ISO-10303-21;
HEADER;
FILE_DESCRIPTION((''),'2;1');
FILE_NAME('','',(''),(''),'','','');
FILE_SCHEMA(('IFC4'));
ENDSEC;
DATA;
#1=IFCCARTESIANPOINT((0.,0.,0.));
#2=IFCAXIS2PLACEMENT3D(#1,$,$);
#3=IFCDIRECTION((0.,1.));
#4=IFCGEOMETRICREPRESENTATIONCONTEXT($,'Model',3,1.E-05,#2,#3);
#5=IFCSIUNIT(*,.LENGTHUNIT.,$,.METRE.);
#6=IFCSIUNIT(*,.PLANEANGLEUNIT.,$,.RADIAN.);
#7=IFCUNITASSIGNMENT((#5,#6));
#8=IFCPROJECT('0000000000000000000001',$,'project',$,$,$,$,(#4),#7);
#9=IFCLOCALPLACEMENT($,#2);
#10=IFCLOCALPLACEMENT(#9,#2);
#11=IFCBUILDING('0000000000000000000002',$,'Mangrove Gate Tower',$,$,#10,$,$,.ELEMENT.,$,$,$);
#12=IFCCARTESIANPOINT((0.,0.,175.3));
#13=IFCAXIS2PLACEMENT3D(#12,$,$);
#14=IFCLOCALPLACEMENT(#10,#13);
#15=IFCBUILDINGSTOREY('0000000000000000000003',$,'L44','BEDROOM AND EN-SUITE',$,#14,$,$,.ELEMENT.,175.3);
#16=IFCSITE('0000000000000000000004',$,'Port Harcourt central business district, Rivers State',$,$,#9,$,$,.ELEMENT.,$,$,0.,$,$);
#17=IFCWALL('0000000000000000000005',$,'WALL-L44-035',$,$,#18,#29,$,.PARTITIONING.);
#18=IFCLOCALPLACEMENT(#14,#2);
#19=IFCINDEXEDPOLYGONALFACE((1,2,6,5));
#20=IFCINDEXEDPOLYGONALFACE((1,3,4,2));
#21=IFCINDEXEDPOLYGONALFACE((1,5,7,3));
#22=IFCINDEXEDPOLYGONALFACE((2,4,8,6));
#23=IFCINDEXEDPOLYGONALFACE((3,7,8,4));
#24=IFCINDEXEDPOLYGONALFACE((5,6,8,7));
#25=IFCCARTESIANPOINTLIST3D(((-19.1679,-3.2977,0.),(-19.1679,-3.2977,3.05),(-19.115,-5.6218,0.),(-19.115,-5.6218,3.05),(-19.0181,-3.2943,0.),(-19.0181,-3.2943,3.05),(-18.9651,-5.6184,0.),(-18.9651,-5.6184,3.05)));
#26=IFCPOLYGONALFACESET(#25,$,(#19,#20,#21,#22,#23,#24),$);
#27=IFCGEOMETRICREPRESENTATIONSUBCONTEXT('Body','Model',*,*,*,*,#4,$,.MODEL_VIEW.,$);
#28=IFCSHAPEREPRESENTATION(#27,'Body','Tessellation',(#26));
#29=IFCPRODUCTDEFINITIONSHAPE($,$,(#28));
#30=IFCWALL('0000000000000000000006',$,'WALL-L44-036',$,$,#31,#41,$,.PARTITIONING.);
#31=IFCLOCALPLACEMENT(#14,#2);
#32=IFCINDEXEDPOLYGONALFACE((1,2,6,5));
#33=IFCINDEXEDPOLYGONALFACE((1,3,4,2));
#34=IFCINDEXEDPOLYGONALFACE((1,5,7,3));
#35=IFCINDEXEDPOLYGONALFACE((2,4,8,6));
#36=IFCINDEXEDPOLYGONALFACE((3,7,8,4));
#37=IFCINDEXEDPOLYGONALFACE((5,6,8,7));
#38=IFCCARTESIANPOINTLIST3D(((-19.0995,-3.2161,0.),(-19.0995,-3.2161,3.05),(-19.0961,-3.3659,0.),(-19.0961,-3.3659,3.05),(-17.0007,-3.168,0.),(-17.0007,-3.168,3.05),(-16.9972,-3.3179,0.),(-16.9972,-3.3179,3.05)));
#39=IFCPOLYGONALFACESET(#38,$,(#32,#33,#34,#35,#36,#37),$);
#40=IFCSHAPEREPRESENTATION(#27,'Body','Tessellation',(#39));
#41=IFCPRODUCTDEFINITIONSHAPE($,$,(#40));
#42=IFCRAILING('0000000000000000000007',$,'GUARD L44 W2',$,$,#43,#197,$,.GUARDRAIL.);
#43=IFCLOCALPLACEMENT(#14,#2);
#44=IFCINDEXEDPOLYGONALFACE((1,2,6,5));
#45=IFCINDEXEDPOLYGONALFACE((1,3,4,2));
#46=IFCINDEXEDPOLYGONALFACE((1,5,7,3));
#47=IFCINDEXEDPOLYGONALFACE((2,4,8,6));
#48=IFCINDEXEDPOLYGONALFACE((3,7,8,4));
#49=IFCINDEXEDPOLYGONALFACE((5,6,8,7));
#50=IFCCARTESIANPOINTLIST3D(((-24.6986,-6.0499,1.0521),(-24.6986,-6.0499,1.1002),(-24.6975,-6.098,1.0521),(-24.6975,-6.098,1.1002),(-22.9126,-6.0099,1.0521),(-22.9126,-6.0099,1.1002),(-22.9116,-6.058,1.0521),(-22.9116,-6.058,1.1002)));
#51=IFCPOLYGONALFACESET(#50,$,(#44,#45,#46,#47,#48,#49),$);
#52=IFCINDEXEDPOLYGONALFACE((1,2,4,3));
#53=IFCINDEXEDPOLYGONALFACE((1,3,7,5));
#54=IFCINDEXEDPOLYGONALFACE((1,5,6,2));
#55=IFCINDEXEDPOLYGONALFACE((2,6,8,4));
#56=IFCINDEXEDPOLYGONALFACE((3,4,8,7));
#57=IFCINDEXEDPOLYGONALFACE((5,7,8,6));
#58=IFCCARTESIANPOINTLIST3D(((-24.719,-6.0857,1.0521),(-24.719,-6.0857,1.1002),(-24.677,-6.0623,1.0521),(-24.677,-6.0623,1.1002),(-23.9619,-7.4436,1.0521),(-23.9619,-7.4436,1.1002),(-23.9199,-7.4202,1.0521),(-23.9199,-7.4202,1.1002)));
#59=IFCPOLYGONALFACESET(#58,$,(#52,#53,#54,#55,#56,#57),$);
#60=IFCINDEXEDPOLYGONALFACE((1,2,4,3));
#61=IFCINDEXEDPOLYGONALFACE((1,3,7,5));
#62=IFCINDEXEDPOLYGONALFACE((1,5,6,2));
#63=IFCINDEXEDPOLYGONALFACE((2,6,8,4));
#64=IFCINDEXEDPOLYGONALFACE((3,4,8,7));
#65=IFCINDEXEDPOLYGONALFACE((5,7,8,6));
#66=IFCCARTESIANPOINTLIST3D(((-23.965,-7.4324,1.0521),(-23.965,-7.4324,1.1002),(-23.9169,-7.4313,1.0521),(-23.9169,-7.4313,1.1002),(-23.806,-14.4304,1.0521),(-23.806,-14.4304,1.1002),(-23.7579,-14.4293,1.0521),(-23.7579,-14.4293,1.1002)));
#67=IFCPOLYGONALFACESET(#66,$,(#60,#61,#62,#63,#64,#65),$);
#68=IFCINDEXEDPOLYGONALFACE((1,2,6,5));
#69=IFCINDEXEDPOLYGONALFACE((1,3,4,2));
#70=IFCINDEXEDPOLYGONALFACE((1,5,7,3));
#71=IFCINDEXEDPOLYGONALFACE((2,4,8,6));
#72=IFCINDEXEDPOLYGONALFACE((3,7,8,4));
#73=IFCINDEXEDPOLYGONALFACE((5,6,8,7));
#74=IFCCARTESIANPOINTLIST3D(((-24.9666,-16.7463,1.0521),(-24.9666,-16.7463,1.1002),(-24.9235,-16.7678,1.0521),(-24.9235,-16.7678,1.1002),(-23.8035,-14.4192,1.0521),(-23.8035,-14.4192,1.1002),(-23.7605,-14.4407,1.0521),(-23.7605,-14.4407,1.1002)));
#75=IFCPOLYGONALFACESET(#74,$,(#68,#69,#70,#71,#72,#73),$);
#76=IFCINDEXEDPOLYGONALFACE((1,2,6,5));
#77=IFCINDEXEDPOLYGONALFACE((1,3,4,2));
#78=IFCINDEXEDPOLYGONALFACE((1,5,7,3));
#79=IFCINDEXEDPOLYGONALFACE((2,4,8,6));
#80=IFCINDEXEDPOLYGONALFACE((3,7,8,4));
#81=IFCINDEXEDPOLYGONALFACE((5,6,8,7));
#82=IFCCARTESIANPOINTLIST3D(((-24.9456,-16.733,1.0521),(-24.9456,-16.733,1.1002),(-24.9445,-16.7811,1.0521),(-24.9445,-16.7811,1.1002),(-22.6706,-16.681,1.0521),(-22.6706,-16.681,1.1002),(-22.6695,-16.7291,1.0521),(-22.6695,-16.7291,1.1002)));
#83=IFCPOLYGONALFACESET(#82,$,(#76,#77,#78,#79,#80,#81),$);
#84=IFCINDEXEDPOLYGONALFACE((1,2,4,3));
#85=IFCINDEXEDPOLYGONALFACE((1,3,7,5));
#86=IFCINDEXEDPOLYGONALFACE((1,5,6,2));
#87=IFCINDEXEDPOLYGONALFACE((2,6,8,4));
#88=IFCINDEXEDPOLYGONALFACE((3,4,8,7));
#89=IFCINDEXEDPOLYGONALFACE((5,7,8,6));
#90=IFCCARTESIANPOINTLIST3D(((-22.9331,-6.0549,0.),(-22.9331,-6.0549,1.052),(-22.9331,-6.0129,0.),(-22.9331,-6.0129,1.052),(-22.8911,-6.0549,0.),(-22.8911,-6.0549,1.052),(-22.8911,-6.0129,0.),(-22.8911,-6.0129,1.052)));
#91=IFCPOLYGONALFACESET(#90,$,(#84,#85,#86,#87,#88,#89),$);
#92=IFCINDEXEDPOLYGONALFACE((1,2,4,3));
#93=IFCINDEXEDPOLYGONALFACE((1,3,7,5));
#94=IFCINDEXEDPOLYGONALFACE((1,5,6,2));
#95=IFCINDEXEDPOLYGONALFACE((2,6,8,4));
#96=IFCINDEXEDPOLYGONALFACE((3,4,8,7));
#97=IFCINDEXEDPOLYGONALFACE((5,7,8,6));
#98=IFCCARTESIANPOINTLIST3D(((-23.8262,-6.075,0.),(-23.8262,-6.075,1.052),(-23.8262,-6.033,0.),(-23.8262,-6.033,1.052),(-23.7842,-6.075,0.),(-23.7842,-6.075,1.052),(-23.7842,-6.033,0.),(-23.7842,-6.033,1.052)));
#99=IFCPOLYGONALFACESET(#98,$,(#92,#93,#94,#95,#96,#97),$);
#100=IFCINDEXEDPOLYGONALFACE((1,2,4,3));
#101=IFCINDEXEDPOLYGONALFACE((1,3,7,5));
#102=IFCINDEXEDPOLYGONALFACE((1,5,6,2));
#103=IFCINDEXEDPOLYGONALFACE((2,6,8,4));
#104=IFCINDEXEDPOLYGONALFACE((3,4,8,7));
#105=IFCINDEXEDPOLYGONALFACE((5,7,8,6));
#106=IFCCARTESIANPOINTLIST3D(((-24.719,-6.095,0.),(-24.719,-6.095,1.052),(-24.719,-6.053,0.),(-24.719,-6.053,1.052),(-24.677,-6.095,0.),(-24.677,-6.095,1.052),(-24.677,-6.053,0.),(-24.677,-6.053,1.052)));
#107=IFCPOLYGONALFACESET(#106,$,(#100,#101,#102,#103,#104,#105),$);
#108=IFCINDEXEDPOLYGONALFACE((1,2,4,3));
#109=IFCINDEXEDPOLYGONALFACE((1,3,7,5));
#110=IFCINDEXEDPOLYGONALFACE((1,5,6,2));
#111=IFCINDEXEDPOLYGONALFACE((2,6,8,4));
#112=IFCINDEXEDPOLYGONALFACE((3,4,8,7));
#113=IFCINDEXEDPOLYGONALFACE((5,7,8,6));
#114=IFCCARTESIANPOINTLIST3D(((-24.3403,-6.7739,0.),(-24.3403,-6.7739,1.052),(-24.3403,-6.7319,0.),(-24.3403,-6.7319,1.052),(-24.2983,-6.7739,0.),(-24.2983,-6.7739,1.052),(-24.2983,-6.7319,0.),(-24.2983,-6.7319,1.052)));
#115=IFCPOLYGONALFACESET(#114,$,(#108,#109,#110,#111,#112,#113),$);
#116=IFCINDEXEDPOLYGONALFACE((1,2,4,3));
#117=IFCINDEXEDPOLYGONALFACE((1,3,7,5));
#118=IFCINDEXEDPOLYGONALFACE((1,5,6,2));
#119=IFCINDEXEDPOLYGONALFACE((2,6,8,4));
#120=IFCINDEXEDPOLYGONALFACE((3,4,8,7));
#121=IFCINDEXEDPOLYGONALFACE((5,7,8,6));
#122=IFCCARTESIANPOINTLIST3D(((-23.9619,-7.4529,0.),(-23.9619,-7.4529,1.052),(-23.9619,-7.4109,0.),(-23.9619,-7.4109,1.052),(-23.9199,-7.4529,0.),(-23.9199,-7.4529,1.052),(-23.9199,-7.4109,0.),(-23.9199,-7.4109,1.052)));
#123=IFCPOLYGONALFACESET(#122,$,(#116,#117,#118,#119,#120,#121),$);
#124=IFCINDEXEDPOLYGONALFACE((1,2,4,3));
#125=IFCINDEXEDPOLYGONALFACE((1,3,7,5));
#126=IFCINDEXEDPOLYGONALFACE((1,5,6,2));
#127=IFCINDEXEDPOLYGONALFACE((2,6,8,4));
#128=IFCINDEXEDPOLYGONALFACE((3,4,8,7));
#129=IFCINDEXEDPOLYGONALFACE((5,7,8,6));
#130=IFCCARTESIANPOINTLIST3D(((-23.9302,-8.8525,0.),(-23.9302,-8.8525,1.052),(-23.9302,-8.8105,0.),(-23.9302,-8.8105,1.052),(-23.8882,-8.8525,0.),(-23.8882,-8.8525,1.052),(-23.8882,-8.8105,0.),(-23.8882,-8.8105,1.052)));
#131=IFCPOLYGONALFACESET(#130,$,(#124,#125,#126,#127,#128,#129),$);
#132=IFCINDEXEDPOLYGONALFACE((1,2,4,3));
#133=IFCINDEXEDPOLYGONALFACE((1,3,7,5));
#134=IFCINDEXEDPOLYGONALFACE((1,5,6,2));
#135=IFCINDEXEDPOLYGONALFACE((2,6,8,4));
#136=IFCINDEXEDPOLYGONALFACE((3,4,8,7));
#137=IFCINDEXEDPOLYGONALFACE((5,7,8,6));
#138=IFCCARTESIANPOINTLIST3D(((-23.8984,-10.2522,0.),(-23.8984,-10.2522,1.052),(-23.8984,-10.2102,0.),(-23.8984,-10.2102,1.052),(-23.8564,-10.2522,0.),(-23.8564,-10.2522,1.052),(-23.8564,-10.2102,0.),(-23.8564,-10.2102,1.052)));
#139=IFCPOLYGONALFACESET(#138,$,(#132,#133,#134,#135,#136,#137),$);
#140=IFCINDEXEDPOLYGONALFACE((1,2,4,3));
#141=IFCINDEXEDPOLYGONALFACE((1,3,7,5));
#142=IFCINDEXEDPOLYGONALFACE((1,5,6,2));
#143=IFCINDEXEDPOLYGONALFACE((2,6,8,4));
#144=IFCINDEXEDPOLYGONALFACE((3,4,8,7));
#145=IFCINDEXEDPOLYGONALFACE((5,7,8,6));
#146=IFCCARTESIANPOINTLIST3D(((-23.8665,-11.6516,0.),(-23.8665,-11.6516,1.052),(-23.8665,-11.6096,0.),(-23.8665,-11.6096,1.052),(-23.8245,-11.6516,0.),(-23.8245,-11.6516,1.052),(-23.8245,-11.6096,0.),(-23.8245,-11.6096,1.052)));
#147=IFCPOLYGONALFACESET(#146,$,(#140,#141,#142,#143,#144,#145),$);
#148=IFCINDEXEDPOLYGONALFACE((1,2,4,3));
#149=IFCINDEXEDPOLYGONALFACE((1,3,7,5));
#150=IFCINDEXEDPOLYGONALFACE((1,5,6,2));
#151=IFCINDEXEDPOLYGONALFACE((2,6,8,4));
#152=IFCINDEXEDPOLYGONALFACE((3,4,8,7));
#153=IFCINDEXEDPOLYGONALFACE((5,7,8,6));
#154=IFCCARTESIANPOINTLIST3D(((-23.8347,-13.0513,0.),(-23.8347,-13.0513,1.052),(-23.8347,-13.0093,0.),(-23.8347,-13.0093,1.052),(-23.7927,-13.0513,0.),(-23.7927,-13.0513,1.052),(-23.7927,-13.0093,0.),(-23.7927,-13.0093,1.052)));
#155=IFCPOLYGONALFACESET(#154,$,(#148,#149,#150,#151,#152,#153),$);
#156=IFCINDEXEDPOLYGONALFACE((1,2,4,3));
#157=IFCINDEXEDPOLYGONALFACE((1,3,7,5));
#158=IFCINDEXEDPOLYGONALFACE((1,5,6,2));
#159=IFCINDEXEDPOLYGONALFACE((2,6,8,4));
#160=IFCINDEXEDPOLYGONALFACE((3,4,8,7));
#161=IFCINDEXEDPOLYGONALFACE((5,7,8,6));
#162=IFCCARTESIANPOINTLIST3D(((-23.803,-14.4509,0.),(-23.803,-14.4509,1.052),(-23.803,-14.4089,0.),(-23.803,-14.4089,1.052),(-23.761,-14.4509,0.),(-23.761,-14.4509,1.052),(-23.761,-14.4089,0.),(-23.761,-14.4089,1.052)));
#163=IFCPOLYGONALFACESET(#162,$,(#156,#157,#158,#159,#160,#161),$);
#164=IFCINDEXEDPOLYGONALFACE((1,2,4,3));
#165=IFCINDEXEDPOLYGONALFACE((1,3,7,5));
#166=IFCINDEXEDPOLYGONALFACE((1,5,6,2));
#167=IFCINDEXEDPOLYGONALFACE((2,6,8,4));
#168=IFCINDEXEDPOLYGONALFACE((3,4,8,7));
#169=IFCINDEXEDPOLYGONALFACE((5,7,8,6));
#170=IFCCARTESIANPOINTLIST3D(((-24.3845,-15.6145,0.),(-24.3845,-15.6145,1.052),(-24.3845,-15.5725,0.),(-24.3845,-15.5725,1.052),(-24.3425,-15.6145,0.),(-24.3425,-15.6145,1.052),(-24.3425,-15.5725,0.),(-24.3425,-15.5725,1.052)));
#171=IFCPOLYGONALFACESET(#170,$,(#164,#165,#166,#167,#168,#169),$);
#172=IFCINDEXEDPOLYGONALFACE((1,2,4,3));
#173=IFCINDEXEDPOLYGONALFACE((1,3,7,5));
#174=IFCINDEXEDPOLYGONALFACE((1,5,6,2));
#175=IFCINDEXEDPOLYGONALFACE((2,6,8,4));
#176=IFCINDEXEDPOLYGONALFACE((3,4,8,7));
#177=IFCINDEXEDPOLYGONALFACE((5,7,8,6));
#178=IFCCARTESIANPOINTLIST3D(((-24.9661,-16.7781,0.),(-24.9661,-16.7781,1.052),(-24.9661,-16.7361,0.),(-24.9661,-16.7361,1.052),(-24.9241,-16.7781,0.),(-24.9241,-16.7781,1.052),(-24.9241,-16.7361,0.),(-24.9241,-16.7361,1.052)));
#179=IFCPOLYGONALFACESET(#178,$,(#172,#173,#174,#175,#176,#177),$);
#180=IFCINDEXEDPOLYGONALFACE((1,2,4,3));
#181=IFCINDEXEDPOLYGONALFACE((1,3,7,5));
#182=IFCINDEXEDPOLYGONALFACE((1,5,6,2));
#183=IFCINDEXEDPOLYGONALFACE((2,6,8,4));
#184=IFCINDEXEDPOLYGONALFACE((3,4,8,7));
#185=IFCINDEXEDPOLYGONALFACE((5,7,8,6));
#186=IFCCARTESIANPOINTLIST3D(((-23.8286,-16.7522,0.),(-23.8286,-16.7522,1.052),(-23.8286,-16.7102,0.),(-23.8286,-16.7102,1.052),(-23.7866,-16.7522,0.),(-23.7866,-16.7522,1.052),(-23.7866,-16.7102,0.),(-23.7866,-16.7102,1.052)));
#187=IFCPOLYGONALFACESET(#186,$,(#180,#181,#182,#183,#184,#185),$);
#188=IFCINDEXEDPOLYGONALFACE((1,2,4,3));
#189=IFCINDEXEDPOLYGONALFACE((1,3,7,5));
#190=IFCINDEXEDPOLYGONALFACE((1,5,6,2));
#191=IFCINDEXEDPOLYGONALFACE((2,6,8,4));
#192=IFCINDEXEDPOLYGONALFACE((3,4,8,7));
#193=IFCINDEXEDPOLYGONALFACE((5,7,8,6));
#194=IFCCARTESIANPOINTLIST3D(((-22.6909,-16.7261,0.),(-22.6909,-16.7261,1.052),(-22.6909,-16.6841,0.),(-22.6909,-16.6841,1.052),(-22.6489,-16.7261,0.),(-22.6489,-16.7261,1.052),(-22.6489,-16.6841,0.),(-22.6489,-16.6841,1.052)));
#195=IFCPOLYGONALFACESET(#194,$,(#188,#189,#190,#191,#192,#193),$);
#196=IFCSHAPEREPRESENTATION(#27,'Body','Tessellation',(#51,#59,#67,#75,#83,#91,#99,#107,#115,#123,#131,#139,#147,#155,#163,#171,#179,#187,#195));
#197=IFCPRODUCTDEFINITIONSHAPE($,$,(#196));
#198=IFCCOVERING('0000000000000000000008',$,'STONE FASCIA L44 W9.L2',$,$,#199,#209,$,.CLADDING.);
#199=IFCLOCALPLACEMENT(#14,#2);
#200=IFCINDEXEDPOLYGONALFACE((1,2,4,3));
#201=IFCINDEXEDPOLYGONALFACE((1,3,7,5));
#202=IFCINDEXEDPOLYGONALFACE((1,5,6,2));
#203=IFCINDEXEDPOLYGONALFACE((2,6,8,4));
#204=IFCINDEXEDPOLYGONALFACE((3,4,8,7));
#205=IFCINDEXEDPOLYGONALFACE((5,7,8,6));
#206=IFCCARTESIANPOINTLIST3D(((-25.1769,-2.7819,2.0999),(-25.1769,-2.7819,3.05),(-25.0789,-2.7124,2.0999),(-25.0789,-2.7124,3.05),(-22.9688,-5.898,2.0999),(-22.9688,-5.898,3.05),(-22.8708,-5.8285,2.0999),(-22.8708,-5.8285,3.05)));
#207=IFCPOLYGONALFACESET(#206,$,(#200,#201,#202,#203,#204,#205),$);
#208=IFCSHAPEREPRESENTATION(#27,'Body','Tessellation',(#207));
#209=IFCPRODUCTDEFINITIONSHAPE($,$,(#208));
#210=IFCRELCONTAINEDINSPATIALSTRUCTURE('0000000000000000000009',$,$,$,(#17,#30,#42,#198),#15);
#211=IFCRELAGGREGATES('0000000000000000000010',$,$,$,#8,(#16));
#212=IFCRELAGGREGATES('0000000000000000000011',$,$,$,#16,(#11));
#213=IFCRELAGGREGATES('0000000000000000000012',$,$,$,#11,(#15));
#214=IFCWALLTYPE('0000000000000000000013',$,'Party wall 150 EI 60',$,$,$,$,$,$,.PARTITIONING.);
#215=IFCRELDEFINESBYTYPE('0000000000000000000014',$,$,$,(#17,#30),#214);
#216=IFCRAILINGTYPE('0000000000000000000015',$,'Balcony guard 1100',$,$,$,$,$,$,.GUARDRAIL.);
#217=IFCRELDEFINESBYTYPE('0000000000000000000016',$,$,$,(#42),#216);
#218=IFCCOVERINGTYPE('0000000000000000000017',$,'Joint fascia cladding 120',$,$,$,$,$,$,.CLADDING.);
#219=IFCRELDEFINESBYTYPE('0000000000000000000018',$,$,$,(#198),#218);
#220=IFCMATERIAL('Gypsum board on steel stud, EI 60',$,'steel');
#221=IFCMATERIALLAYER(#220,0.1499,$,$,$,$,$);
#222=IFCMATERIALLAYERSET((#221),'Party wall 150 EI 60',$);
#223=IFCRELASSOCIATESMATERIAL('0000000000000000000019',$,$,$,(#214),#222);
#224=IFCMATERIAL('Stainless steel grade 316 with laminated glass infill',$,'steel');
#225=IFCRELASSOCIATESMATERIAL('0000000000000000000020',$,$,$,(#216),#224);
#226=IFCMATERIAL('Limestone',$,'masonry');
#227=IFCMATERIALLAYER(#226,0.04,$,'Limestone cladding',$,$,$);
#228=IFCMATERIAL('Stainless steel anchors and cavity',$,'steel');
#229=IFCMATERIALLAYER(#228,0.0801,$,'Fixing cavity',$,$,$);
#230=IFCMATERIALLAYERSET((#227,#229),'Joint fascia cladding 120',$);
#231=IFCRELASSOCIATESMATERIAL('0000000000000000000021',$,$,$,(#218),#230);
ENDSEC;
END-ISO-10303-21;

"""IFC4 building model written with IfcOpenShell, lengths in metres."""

from ifc_helpers import new_model, si_unit, direction, frame, frame_2d, origin, origin_2d, place, context, subcontext, project, spatial, rectangle, extrude, material, layer, layer_set, type_object, element, save


model = new_model("IFC4")

# Units and contexts
model_context = context("Model", 3, precision=1e-05, world=origin(), true_north=direction((0.0, 1.0)))
body_context = subcontext(model_context, "Body", "Model", "MODEL_VIEW")
ifc_project = project(units=[si_unit("LENGTHUNIT", "METRE"), si_unit("PLANEANGLEUNIT", "RADIAN")], contexts=[model_context])

# Site, building, storey
site_placement = place(None, origin())
site = spatial("IfcSite", under=ifc_project, at=site_placement, Name="Port Harcourt central business district, Rivers State", CompositionType="ELEMENT", RefElevation=0.0)
building_placement = place(site_placement, origin())
building = spatial("IfcBuilding", under=site, at=building_placement, Name="Mangrove Gate Tower", CompositionType="ELEMENT")
storey_placement = place(building_placement, frame((0.0, 0.0, 175.3)))
storey = spatial("IfcBuildingStorey", under=building, at=storey_placement, Name="L44", Description="BEDROOM AND EN-SUITE", CompositionType="ELEMENT", Elevation=175.3)

# Shared definitions
ifc_material_1 = material(Name="Limestone", Category="masonry")

# Walls
ifc_material_2 = material(Name="Gypsum board on steel stud, EI 60", Category="steel")
ifc_layer_1 = layer(ifc_material_2, 0.1499)
ifc_layer_set_1 = layer_set([ifc_layer_1], Name="Party wall 150 EI 60")
wall_type_1 = type_object("IfcWallType", Name="Party wall 150 EI 60", PredefinedType="PARTITIONING", material=ifc_layer_set_1)
wall_1_placement = place(storey_placement, frame((-19.04, -5.6201, 0.0), z_axis=(0.0, 0.0, 1.0), x_axis=(-0.022788, 0.99974, 0.0)))
element("IfcWall", 1, at=wall_1_placement, inside=storey, type_object=wall_type_1, Name="WALL-L44-035", PredefinedType="PARTITIONING", context=body_context, shape_type="SweptSolid", body=[
    extrude(rectangle(XDim=2.3247, YDim=0.1499, at=frame_2d((1.1624, 0.0))), origin(), (0.0, 0.0, 1.0), 3.05),
])
wall_2_placement = place(storey_placement, frame((-19.0979, -3.291, 0.0), z_axis=(0.0, 0.0, 1.0), x_axis=(0.999738, 0.022909, 0.0)))
element("IfcWall", 2, at=wall_2_placement, inside=storey, type_object=wall_type_1, Name="WALL-L44-036", PredefinedType="PARTITIONING", context=body_context, shape_type="SweptSolid", body=[
    extrude(rectangle(XDim=2.0994, YDim=0.1499, at=frame_2d((1.0498, 0.0))), origin(), (0.0, 0.0, 1.0), 3.05),
])

# Railing
ifc_material_3 = material(Name="Stainless steel grade 316 with laminated glass infill", Category="steel")
railing_type = type_object("IfcRailingType", Name="Balcony guard 1100", PredefinedType="GUARDRAIL", material=ifc_material_3)
railing_placement = place(storey_placement, frame((-22.9121, -6.0339, 0.0)))
element("IfcRailing", 3, at=railing_placement, inside=storey, type_object=railing_type, Name="GUARD L44 W2", PredefinedType="GUARDRAIL", context=body_context, shape_type="SweptSolid", body=[
    extrude(rectangle(XDim=0.0481, YDim=0.0481, at=origin_2d()), frame((0.0, 0.0, 1.0762), z_axis=(-0.999749, -0.022414, 0.0), x_axis=(0.022414, -0.999749, 0.0)), (0.0, 0.0, 1.0), 1.7864),
    extrude(rectangle(XDim=0.0481, YDim=0.0481, at=origin_2d()), frame((-1.7859, -0.04, 1.0762), z_axis=(0.486962, -0.873423, 0.0), x_axis=(0.873423, 0.486962, 0.0)), (0.0, 0.0, 1.0), 1.5547),
    extrude(rectangle(XDim=0.0481, YDim=0.0481, at=origin_2d()), frame((-1.0288, -1.3979, 1.0762), z_axis=(0.022706, -0.999742, 0.0), x_axis=(0.999742, 0.022706, 0.0)), (0.0, 0.0, 1.0), 6.9998),
    extrude(rectangle(XDim=0.0481, YDim=0.0481, at=origin_2d()), frame((-0.8699, -8.396, 1.0762), z_axis=(-0.447063, -0.894502, 0.0), x_axis=(0.894502, -0.447063, 0.0)), (0.0, 0.0, 1.0), 2.6016),
    extrude(rectangle(XDim=0.0481, YDim=0.0481, at=origin_2d()), frame((-2.033, -10.7231, 1.0762), z_axis=(0.999739, 0.022851, 0.0), x_axis=(-0.022851, 0.999739, 0.0)), (0.0, 0.0, 1.0), 2.2756),
    extrude(rectangle(XDim=0.042, YDim=0.042, at=origin_2d()), origin(), (0.0, 0.0, 1.0), 1.052),
    extrude(rectangle(XDim=0.042, YDim=0.042, at=origin_2d()), frame((-0.8931, -0.02, 0.0)), (0.0, 0.0, 1.0), 1.052),
    extrude(rectangle(XDim=0.042, YDim=0.042, at=origin_2d()), frame((-1.7859, -0.04, 0.0)), (0.0, 0.0, 1.0), 1.052),
    extrude(rectangle(XDim=0.042, YDim=0.042, at=origin_2d()), frame((-1.4072, -0.719, 0.0)), (0.0, 0.0, 1.0), 1.052),
    extrude(rectangle(XDim=0.042, YDim=0.042, at=origin_2d()), frame((-1.0288, -1.3979, 0.0)), (0.0, 0.0, 1.0), 1.052),
    extrude(rectangle(XDim=0.042, YDim=0.042, at=origin_2d()), frame((-0.9971, -2.7976, 0.0)), (0.0, 0.0, 1.0), 1.052),
    extrude(rectangle(XDim=0.042, YDim=0.042, at=origin_2d()), frame((-0.9653, -4.1973, 0.0)), (0.0, 0.0, 1.0), 1.052),
    extrude(rectangle(XDim=0.042, YDim=0.042, at=origin_2d()), frame((-0.9333, -5.5967, 0.0)), (0.0, 0.0, 1.0), 1.052),
    extrude(rectangle(XDim=0.042, YDim=0.042, at=origin_2d()), frame((-0.9016, -6.9963, 0.0)), (0.0, 0.0, 1.0), 1.052),
    extrude(rectangle(XDim=0.042, YDim=0.042, at=origin_2d()), frame((-0.8699, -8.396, 0.0)), (0.0, 0.0, 1.0), 1.052),
    extrude(rectangle(XDim=0.042, YDim=0.042, at=origin_2d()), frame((-1.4514, -9.5596, 0.0)), (0.0, 0.0, 1.0), 1.052),
    extrude(rectangle(XDim=0.042, YDim=0.042, at=origin_2d()), frame((-2.033, -10.7231, 0.0)), (0.0, 0.0, 1.0), 1.052),
    extrude(rectangle(XDim=0.042, YDim=0.042, at=origin_2d()), frame((-0.8955, -10.6973, 0.0)), (0.0, 0.0, 1.0), 1.052),
    extrude(rectangle(XDim=0.042, YDim=0.042, at=origin_2d()), frame((0.2422, -10.6711, 0.0)), (0.0, 0.0, 1.0), 1.052),
])

# Covering
ifc_layer_2 = layer(ifc_material_1, 0.04, Name="Limestone cladding")
ifc_material_4 = material(Name="Stainless steel anchors and cavity", Category="steel")
ifc_layer_3 = layer(ifc_material_4, 0.0801, Name="Fixing cavity")
ifc_layer_set_2 = layer_set([ifc_layer_2, ifc_layer_3], Name="Joint fascia cladding 120")
covering_type = type_object("IfcCoveringType", Name="Joint fascia cladding 120", PredefinedType="CLADDING", material=ifc_layer_set_2)
covering_placement = place(storey_placement, frame((-25.1279, -2.7471, 2.0999), z_axis=(0.0, 0.0, 1.0), x_axis=(0.578168, -0.815918, 0.0)))
element("IfcCovering", 4, at=covering_placement, inside=storey, type_object=covering_type, Name="STONE FASCIA L44 W9.L2", PredefinedType="CLADDING", context=body_context, shape_type="SweptSolid", body=[
    extrude(rectangle(XDim=3.8191, YDim=0.1201, at=frame_2d((1.9097, 0.0))), origin(), (0.0, 0.0, 1.0), 0.9502),
])

save(model, "model.ifc")
